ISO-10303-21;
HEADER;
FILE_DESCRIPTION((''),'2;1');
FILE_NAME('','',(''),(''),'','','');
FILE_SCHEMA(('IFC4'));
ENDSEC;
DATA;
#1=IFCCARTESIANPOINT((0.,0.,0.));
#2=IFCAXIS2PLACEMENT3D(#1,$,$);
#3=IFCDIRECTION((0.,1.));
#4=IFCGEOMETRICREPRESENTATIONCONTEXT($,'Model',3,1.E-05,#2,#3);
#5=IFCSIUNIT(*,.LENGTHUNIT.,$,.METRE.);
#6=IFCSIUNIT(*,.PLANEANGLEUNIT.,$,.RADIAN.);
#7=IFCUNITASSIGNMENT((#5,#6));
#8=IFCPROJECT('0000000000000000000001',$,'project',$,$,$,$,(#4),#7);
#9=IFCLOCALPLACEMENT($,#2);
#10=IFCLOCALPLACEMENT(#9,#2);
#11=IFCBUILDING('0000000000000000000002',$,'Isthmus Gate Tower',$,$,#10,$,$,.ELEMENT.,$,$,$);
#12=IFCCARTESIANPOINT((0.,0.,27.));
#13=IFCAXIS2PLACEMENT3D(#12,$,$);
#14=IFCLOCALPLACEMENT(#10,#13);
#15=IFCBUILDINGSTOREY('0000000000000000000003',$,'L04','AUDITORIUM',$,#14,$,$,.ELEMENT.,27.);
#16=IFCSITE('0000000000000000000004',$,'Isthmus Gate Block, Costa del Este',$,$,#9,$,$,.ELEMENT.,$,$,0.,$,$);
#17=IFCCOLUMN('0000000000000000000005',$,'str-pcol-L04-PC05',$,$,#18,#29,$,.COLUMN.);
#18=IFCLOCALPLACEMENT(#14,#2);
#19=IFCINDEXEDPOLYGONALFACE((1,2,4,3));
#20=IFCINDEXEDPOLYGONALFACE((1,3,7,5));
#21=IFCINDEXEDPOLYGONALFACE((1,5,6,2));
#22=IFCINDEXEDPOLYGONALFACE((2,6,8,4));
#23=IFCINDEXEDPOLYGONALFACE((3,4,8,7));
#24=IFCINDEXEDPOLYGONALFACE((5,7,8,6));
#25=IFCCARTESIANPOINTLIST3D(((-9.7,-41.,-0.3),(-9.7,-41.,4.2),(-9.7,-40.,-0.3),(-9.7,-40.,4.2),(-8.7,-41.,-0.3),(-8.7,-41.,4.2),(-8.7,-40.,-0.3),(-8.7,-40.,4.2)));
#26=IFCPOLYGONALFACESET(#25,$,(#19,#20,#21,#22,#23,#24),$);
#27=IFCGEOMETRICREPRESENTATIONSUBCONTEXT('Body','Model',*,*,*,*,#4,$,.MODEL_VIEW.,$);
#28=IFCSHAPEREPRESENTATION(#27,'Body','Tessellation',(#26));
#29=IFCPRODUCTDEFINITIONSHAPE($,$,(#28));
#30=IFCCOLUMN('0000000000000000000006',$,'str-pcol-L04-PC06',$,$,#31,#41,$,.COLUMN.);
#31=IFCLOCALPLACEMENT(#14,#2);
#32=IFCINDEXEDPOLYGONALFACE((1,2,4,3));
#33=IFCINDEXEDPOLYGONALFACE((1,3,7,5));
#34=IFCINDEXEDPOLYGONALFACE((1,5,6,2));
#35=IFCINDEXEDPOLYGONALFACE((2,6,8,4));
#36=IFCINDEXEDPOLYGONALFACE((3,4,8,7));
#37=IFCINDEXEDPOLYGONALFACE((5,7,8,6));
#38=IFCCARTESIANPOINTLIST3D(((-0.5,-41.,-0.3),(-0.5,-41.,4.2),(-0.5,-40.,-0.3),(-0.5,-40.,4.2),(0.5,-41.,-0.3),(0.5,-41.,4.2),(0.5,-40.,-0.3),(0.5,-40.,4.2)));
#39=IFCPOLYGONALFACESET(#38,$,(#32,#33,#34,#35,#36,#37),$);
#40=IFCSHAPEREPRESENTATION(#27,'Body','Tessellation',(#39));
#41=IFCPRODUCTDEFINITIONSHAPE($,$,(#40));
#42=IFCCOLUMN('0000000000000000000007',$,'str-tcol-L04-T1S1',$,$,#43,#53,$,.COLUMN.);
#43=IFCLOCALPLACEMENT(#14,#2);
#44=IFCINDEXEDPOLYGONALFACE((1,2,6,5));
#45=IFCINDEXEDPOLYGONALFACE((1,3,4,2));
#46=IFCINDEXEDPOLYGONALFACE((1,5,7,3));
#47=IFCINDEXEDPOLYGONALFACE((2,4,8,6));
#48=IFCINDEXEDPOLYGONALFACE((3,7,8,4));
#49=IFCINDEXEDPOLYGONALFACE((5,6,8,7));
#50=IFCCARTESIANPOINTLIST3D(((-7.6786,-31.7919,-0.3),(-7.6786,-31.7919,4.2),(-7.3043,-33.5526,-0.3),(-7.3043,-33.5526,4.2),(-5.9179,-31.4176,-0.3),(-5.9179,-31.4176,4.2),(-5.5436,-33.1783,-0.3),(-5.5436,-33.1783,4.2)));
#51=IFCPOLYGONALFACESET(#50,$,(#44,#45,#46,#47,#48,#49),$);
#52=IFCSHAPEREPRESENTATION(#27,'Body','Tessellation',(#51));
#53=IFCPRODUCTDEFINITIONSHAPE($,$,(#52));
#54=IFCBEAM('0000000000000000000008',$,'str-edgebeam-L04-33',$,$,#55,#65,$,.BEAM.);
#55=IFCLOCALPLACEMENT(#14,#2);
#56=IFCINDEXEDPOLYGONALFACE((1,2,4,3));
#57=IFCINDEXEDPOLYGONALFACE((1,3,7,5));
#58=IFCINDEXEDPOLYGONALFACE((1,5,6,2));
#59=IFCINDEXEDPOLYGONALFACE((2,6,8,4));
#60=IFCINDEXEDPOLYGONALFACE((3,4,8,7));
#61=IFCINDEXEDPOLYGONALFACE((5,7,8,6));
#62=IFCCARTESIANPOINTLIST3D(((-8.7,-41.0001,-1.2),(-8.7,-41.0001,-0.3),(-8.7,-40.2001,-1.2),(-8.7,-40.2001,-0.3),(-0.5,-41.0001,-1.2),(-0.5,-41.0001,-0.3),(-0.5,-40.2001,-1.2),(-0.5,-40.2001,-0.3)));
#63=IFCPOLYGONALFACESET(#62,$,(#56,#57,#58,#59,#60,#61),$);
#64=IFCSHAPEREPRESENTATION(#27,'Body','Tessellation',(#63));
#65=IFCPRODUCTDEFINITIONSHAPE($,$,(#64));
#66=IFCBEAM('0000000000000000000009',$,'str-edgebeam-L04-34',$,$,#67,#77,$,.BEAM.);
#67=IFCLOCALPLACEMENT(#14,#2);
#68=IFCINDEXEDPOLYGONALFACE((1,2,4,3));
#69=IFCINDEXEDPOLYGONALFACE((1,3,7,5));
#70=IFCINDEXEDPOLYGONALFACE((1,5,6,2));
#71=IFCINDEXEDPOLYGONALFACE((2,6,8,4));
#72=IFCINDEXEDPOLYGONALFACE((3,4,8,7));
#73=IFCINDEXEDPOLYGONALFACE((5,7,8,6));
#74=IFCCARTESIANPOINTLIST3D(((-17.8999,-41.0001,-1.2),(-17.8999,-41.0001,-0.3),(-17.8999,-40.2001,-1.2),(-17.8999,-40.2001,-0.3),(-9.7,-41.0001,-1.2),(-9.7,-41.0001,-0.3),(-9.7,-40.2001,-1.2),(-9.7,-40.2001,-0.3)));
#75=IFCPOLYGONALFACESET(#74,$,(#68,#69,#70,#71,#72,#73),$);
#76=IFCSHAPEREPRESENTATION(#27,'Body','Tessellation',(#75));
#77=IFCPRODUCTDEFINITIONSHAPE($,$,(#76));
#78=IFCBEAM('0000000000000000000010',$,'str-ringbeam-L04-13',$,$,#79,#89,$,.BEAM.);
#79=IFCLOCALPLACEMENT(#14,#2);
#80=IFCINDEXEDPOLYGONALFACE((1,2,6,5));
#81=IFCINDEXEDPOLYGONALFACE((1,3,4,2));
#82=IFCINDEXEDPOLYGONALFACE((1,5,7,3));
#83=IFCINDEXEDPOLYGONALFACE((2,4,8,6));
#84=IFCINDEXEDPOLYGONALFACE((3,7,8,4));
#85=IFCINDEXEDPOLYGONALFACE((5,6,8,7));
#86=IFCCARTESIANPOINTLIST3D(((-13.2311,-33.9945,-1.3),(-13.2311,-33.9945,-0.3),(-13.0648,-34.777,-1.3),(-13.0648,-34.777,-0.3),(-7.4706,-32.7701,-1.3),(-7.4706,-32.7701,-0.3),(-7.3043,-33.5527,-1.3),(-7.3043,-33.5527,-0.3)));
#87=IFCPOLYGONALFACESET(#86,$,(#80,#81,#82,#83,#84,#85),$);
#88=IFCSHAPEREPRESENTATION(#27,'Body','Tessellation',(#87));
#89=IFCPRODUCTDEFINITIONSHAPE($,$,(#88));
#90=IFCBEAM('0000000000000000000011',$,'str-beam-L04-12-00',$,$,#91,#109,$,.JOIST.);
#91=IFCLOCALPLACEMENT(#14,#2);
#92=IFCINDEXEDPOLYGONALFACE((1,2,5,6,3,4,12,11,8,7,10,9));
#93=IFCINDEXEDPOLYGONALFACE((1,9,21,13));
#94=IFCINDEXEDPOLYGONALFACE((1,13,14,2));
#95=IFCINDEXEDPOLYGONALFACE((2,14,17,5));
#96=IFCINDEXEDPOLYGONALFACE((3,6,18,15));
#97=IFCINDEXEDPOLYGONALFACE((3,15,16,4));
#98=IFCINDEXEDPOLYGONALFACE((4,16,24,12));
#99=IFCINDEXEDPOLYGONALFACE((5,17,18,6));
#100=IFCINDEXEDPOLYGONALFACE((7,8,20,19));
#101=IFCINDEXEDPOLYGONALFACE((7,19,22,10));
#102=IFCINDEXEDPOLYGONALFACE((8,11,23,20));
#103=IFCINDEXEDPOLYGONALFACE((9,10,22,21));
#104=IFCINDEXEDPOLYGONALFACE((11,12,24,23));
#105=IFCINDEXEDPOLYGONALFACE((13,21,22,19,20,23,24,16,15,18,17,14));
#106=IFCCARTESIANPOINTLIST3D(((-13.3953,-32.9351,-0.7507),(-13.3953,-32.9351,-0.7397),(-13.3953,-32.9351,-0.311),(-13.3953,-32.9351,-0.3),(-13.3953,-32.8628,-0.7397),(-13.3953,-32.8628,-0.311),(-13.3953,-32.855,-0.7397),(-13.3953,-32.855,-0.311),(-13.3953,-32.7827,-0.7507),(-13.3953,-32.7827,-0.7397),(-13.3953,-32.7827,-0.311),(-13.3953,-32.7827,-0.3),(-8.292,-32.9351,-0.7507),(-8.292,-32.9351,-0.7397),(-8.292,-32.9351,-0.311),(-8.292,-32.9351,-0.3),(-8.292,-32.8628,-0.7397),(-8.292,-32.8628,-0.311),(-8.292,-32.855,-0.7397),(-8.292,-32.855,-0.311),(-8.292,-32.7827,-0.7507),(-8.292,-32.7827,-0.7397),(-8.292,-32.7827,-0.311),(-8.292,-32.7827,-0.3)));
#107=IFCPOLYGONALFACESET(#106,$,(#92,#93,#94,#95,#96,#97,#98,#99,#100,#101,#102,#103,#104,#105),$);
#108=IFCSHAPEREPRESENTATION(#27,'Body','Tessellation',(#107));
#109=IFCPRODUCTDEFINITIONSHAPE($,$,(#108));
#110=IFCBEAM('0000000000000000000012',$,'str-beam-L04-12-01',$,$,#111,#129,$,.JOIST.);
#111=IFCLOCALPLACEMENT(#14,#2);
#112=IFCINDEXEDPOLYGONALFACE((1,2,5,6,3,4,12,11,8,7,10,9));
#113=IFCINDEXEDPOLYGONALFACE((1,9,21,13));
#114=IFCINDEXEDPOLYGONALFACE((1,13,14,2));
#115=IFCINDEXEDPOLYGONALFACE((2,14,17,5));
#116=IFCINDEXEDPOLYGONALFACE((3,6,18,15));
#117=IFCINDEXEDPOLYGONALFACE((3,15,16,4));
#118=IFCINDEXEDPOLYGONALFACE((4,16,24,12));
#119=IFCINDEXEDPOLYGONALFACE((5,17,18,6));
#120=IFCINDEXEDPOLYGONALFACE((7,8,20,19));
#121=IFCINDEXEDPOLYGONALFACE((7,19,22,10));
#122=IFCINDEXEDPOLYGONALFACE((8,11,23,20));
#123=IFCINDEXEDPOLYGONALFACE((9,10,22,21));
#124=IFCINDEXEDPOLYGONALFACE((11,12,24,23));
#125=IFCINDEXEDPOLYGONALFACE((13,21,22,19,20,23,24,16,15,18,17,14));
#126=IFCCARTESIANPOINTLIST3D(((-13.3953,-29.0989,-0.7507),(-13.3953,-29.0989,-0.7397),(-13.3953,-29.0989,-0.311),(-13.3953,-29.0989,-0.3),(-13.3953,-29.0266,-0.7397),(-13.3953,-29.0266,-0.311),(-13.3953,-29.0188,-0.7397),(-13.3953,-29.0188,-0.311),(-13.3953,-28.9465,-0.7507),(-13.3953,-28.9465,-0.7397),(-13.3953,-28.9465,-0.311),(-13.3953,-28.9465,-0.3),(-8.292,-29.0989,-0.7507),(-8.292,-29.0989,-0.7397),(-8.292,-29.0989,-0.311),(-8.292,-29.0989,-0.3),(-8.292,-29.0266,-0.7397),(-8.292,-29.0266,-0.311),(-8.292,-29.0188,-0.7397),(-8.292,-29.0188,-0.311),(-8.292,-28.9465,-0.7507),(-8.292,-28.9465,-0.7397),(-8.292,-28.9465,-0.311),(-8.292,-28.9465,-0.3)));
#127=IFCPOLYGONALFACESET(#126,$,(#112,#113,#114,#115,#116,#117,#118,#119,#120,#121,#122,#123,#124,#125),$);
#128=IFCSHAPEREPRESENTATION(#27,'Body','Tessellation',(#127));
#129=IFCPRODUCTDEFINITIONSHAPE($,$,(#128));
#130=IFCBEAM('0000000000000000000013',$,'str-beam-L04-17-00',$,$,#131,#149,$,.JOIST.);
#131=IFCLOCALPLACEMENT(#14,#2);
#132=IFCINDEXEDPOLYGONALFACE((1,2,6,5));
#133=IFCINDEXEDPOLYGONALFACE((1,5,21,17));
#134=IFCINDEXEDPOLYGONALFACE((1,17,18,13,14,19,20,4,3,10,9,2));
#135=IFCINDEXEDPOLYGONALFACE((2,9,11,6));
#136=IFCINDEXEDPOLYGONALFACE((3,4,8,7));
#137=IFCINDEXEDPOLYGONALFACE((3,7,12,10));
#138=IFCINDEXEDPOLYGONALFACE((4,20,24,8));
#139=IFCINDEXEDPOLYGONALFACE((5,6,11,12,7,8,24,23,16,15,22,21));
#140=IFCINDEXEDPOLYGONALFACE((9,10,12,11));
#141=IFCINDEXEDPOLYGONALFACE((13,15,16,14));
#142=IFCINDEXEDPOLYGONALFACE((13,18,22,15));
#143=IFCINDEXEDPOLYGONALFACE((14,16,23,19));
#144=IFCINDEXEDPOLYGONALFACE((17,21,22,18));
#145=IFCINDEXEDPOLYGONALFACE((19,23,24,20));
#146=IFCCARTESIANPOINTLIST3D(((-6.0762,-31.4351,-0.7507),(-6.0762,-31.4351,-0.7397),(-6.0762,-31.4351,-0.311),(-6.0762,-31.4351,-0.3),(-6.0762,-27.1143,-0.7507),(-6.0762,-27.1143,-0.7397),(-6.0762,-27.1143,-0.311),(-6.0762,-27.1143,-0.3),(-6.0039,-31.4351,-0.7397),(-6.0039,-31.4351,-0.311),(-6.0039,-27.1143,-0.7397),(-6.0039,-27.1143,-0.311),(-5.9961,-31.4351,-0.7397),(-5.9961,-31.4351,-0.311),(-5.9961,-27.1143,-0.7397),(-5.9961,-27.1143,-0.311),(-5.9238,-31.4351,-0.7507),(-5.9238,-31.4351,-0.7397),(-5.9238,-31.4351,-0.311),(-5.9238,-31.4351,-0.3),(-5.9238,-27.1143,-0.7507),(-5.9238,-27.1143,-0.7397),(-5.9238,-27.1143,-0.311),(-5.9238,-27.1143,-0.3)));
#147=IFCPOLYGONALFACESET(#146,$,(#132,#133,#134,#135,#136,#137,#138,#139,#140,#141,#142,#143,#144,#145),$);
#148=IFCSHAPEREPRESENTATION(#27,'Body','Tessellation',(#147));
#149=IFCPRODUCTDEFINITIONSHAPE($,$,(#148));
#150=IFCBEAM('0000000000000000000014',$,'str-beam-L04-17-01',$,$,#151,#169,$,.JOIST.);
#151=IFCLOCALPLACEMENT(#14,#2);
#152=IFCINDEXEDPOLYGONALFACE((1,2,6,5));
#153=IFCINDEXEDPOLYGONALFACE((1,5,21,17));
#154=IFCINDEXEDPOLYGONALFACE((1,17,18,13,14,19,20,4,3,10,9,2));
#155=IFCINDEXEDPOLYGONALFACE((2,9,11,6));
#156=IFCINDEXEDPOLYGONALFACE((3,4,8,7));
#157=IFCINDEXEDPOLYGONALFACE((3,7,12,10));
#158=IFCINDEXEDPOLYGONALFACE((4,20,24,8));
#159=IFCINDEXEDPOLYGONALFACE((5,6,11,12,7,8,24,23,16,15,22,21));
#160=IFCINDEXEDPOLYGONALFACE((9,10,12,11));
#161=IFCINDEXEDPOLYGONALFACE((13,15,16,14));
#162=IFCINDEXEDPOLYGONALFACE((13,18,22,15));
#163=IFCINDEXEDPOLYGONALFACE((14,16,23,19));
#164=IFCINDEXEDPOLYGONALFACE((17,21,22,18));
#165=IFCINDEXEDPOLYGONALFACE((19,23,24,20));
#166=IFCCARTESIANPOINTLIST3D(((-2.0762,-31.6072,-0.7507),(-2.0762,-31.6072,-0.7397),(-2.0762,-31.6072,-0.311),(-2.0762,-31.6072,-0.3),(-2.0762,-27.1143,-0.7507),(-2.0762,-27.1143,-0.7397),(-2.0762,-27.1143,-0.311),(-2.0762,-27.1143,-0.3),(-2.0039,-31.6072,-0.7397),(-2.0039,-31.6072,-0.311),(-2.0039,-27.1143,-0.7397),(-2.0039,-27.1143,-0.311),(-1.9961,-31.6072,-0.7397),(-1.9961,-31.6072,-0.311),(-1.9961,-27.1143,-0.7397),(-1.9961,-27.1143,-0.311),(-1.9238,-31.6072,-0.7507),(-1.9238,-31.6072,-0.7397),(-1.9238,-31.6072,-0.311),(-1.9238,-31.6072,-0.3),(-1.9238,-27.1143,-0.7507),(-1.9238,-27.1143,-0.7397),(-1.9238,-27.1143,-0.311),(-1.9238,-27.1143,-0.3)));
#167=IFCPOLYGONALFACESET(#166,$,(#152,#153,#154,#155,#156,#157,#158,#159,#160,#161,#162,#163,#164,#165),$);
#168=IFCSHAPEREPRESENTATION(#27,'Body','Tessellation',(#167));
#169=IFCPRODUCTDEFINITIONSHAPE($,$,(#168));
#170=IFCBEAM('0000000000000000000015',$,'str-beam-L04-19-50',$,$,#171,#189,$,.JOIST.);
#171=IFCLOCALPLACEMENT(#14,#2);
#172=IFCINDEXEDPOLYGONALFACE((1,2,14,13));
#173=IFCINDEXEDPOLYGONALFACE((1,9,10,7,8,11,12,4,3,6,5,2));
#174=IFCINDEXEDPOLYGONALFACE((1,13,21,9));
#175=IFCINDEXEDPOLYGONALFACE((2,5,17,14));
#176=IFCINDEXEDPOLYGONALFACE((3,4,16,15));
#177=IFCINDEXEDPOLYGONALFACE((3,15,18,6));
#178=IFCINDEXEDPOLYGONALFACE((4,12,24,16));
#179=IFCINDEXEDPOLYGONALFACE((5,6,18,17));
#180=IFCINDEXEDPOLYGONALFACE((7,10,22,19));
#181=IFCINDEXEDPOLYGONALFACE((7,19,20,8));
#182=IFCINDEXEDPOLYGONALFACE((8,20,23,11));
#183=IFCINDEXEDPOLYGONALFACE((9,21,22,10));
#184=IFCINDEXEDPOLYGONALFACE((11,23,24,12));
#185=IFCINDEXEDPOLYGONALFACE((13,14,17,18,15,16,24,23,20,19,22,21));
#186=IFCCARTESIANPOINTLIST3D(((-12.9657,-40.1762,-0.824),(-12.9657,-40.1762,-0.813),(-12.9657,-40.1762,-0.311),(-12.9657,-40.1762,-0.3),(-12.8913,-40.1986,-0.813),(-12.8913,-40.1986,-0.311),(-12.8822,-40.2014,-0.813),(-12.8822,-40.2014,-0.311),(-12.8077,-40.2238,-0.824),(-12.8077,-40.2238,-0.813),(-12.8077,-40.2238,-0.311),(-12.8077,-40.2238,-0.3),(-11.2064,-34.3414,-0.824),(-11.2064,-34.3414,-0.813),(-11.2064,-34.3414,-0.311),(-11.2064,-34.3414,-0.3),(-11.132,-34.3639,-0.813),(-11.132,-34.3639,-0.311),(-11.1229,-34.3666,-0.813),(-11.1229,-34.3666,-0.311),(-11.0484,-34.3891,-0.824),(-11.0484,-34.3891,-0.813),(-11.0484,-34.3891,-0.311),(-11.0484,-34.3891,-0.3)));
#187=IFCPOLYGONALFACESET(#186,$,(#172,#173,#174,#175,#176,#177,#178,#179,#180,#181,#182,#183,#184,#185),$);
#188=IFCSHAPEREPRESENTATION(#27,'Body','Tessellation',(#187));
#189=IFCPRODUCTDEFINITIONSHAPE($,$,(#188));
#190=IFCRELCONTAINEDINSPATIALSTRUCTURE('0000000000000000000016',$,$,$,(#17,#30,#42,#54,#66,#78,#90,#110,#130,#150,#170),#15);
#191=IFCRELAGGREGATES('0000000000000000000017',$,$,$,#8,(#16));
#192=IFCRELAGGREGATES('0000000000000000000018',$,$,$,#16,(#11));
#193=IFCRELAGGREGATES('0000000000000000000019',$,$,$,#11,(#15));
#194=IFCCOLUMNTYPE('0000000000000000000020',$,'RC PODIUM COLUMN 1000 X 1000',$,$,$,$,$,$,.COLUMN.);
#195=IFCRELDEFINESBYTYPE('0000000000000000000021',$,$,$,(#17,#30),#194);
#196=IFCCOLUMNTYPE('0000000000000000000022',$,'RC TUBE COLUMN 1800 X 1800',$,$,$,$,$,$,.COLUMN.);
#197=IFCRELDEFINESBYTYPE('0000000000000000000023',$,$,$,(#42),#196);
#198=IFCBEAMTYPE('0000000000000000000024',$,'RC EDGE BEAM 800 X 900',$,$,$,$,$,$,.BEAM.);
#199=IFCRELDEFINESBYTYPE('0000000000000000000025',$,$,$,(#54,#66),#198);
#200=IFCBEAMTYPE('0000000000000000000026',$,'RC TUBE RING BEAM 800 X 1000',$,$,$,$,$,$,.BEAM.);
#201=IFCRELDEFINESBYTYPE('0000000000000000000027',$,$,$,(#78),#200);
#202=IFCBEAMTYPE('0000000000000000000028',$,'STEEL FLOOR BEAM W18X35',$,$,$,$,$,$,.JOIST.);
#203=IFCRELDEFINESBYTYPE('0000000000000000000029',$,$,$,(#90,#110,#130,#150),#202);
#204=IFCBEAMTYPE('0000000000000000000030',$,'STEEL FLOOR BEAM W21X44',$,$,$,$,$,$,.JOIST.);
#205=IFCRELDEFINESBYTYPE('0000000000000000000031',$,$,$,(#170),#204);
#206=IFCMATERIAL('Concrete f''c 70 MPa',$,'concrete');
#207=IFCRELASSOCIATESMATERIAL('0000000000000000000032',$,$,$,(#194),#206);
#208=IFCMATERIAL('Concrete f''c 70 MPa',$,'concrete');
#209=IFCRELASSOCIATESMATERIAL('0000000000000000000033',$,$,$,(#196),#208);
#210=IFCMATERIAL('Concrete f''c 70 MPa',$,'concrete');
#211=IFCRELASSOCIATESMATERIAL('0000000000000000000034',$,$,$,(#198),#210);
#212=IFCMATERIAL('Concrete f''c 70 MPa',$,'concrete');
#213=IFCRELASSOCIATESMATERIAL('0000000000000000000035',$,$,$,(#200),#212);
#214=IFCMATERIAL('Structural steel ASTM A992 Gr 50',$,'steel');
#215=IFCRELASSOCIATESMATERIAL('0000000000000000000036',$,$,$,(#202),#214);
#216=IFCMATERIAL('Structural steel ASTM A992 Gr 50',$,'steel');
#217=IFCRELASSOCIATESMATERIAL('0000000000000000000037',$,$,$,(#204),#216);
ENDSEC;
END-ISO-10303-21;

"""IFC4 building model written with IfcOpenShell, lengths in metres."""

from ifc_helpers import new_model, si_unit, direction, frame, origin, origin_2d, place, context, subcontext, project, spatial, rectangle, i_section, extrude, material, material_profile, profile_set, type_object, element, save


model = new_model("IFC4")

# Units and contexts
model_context = context("Model", 3, precision=1e-05, world=origin(), true_north=direction((0.0, 1.0)))
body_context = subcontext(model_context, "Body", "Model", "MODEL_VIEW")
ifc_project = project(units=[si_unit("LENGTHUNIT", "METRE"), si_unit("PLANEANGLEUNIT", "RADIAN")], contexts=[model_context])

# Site, building, storey
site_placement = place(None, origin())
site = spatial("IfcSite", under=ifc_project, at=site_placement, Name="Isthmus Gate Block, Costa del Este", CompositionType="ELEMENT", RefElevation=0.0)
building_placement = place(site_placement, origin())
building = spatial("IfcBuilding", under=site, at=building_placement, Name="Isthmus Gate Tower", CompositionType="ELEMENT")
storey_placement = place(building_placement, frame((0.0, 0.0, 27.0)))
storey = spatial("IfcBuildingStorey", under=building, at=storey_placement, Name="L04", Description="AUDITORIUM", CompositionType="ELEMENT", Elevation=27.0)

# Columns
ifc_material_1 = material(Name="Concrete f'c 70 MPa", Category="concrete")
ifc_material_profile_1 = material_profile(ifc_material_1, rectangle(XDim=1.0, YDim=1.0, at=origin_2d()), Name="RC 1000X1000")
ifc_profile_set_1 = profile_set([ifc_material_profile_1], Name="Concrete f'c 70 MPa")
column_type_1 = type_object("IfcColumnType", Name="RC PODIUM COLUMN 1000 X 1000", PredefinedType="COLUMN", material=ifc_profile_set_1)
for number, where, z_axis, x_axis, name in (
    (1, (-9.2, -40.5, -0.3), (0.0, 0.0, 1.0), (1.0, 0.0, 0.0), "str-pcol-L04-PC05"),
    (2, (0.0, -40.5, -0.3), (0.0, 0.0, 1.0), (1.0, 0.0, 0.0), "str-pcol-L04-PC06"),
):
    element("IfcColumn", number, at=place(storey_placement, frame(where, z_axis=z_axis, x_axis=x_axis)), inside=storey, type_object=column_type_1, Name=name, PredefinedType="COLUMN", context=body_context, shape_type="SweptSolid", body=[
        extrude(rectangle(XDim=1.0, YDim=1.0, at=origin_2d()), origin(), (0.0, 0.0, 1.0), 4.5),
    ])
ifc_material_2 = material(Name="Concrete f'c 70 MPa", Category="concrete")
ifc_material_profile_2 = material_profile(ifc_material_2, rectangle(XDim=1.8, YDim=1.8, at=origin_2d()), Name="RC 1800X1800")
ifc_profile_set_2 = profile_set([ifc_material_profile_2], Name="Concrete f'c 70 MPa")
column_type_2 = type_object("IfcColumnType", Name="RC TUBE COLUMN 1800 X 1800", PredefinedType="COLUMN", material=ifc_profile_set_2)
column_placement = place(storey_placement, frame((-6.6111, -32.4851, -0.3), z_axis=(0.0, 0.0, 1.0), x_axis=(0.978148, 0.207912, 0.0)))
element("IfcColumn", 3, at=column_placement, inside=storey, type_object=column_type_2, Name="str-tcol-L04-T1S1", PredefinedType="COLUMN", context=body_context, shape_type="SweptSolid", body=[
    extrude(rectangle(XDim=1.8, YDim=1.8, at=origin_2d()), origin(), (0.0, 0.0, 1.0), 4.5),
])

# Beams
ifc_material_3 = material(Name="Concrete f'c 70 MPa", Category="concrete")
ifc_material_profile_3 = material_profile(ifc_material_3, rectangle(XDim=0.8, YDim=0.8999, at=origin_2d()), Name="RC 800X900")
ifc_profile_set_3 = profile_set([ifc_material_profile_3], Name="Concrete f'c 70 MPa")
beam_type_1 = type_object("IfcBeamType", Name="RC EDGE BEAM 800 X 900", PredefinedType="BEAM", material=ifc_profile_set_3)
for number, where, z_axis, x_axis, name in (
    (4, (-0.5, -40.6001, -0.75), (-1.0, 0.0, 0.0), (0.0, -1.0, 0.0), "str-edgebeam-L04-33"),
    (5, (-9.7, -40.6001, -0.75), (-1.0, 0.0, 0.0), (0.0, -1.0, 0.0), "str-edgebeam-L04-34"),
):
    element("IfcBeam", number, at=place(storey_placement, frame(where, z_axis=z_axis, x_axis=x_axis)), inside=storey, type_object=beam_type_1, Name=name, PredefinedType="BEAM", context=body_context, shape_type="SweptSolid", body=[
        extrude(rectangle(XDim=0.8, YDim=0.8999, at=origin_2d()), origin(), (0.0, 0.0, 1.0), 8.2),
    ])
ifc_material_4 = material(Name="Concrete f'c 70 MPa", Category="concrete")
ifc_material_profile_4 = material_profile(ifc_material_4, rectangle(XDim=0.8, YDim=1.0, at=origin_2d()), Name="RC 800X1000")
ifc_profile_set_4 = profile_set([ifc_material_profile_4], Name="Concrete f'c 70 MPa")
beam_type_2 = type_object("IfcBeamType", Name="RC TUBE RING BEAM 800 X 1000", PredefinedType="BEAM", material=ifc_profile_set_4)
beam_1_placement = place(storey_placement, frame((-7.3875, -33.1614, -0.8), z_axis=(-0.97815, -0.207901, 0.0), x_axis=(0.207901, -0.97815, 0.0)))
element("IfcBeam", 6, at=beam_1_placement, inside=storey, type_object=beam_type_2, Name="str-ringbeam-L04-13", PredefinedType="BEAM", context=body_context, shape_type="SweptSolid", body=[
    extrude(rectangle(XDim=0.8, YDim=1.0, at=origin_2d()), origin(), (0.0, 0.0, 1.0), 5.8892),
])
ifc_material_5 = material(Name="Structural steel ASTM A992 Gr 50", Category="steel")
ifc_material_profile_5 = material_profile(ifc_material_5, i_section(OverallWidth=0.1523, OverallDepth=0.4507, WebThickness=0.0078, FlangeThickness=0.011, at=origin_2d()), Name="W18X35")
ifc_profile_set_5 = profile_set([ifc_material_profile_5], Name="Structural steel ASTM A992 Gr 50")
beam_type_3 = type_object("IfcBeamType", Name="STEEL FLOOR BEAM W18X35", PredefinedType="JOIST", material=ifc_profile_set_5)
for number, where, z_axis, x_axis, name in (
    (7, (-13.3953, -32.8589, -0.5254), (1.0, 0.0, 0.0), (0.0, 1.0, 0.0), "str-beam-L04-12-00"),
    (8, (-13.3953, -29.0227, -0.5254), (1.0, 0.0, 0.0), (0.0, 1.0, 0.0), "str-beam-L04-12-01"),
):
    element("IfcBeam", number, at=place(storey_placement, frame(where, z_axis=z_axis, x_axis=x_axis)), inside=storey, type_object=beam_type_3, Name=name, PredefinedType="JOIST", context=body_context, shape_type="SweptSolid", body=[
        extrude(i_section(OverallWidth=0.1523, OverallDepth=0.4507, WebThickness=0.0078, FlangeThickness=0.011, at=origin_2d()), origin(), (0.0, 0.0, 1.0), 5.1033),
    ])
beam_2_placement = place(storey_placement, frame((-6.0, -31.4351, -0.5254), z_axis=(0.0, 1.0, 0.0), x_axis=(-1.0, 0.0, 0.0)))
element("IfcBeam", 9, at=beam_2_placement, inside=storey, type_object=beam_type_3, Name="str-beam-L04-17-00", PredefinedType="JOIST", context=body_context, shape_type="SweptSolid", body=[
    extrude(i_section(OverallWidth=0.1523, OverallDepth=0.4507, WebThickness=0.0078, FlangeThickness=0.011, at=origin_2d()), origin(), (0.0, 0.0, 1.0), 4.3208),
])
beam_3_placement = place(storey_placement, frame((-2.0, -31.6072, -0.5254), z_axis=(0.0, 1.0, 0.0), x_axis=(-1.0, 0.0, 0.0)))
element("IfcBeam", 10, at=beam_3_placement, inside=storey, type_object=beam_type_3, Name="str-beam-L04-17-01", PredefinedType="JOIST", context=body_context, shape_type="SweptSolid", body=[
    extrude(i_section(OverallWidth=0.1523, OverallDepth=0.4507, WebThickness=0.0078, FlangeThickness=0.011, at=origin_2d()), origin(), (0.0, 0.0, 1.0), 4.4929),
])
ifc_material_6 = material(Name="Structural steel ASTM A992 Gr 50", Category="steel")
ifc_material_profile_6 = material_profile(ifc_material_6, i_section(OverallWidth=0.165, OverallDepth=0.5239, WebThickness=0.0095, FlangeThickness=0.011, at=origin_2d()), Name="W21X44")
ifc_profile_set_6 = profile_set([ifc_material_profile_6], Name="Structural steel ASTM A992 Gr 50")
beam_type_4 = type_object("IfcBeamType", Name="STEEL FLOOR BEAM W21X44", PredefinedType="JOIST", material=ifc_profile_set_6)
beam_4_placement = place(storey_placement, frame((-11.1274, -34.3652, -0.562), z_axis=(-0.288682, -0.957425, 0.0), x_axis=(0.957425, -0.288682, 0.0)))
element("IfcBeam", 11, at=beam_4_placement, inside=storey, type_object=beam_type_4, Name="str-beam-L04-19-50", PredefinedType="JOIST", context=body_context, shape_type="SweptSolid", body=[
    extrude(i_section(OverallWidth=0.165, OverallDepth=0.5239, WebThickness=0.0095, FlangeThickness=0.011, at=origin_2d()), origin(), (0.0, 0.0, 1.0), 6.0942),
])

save(model, "model.ifc")
